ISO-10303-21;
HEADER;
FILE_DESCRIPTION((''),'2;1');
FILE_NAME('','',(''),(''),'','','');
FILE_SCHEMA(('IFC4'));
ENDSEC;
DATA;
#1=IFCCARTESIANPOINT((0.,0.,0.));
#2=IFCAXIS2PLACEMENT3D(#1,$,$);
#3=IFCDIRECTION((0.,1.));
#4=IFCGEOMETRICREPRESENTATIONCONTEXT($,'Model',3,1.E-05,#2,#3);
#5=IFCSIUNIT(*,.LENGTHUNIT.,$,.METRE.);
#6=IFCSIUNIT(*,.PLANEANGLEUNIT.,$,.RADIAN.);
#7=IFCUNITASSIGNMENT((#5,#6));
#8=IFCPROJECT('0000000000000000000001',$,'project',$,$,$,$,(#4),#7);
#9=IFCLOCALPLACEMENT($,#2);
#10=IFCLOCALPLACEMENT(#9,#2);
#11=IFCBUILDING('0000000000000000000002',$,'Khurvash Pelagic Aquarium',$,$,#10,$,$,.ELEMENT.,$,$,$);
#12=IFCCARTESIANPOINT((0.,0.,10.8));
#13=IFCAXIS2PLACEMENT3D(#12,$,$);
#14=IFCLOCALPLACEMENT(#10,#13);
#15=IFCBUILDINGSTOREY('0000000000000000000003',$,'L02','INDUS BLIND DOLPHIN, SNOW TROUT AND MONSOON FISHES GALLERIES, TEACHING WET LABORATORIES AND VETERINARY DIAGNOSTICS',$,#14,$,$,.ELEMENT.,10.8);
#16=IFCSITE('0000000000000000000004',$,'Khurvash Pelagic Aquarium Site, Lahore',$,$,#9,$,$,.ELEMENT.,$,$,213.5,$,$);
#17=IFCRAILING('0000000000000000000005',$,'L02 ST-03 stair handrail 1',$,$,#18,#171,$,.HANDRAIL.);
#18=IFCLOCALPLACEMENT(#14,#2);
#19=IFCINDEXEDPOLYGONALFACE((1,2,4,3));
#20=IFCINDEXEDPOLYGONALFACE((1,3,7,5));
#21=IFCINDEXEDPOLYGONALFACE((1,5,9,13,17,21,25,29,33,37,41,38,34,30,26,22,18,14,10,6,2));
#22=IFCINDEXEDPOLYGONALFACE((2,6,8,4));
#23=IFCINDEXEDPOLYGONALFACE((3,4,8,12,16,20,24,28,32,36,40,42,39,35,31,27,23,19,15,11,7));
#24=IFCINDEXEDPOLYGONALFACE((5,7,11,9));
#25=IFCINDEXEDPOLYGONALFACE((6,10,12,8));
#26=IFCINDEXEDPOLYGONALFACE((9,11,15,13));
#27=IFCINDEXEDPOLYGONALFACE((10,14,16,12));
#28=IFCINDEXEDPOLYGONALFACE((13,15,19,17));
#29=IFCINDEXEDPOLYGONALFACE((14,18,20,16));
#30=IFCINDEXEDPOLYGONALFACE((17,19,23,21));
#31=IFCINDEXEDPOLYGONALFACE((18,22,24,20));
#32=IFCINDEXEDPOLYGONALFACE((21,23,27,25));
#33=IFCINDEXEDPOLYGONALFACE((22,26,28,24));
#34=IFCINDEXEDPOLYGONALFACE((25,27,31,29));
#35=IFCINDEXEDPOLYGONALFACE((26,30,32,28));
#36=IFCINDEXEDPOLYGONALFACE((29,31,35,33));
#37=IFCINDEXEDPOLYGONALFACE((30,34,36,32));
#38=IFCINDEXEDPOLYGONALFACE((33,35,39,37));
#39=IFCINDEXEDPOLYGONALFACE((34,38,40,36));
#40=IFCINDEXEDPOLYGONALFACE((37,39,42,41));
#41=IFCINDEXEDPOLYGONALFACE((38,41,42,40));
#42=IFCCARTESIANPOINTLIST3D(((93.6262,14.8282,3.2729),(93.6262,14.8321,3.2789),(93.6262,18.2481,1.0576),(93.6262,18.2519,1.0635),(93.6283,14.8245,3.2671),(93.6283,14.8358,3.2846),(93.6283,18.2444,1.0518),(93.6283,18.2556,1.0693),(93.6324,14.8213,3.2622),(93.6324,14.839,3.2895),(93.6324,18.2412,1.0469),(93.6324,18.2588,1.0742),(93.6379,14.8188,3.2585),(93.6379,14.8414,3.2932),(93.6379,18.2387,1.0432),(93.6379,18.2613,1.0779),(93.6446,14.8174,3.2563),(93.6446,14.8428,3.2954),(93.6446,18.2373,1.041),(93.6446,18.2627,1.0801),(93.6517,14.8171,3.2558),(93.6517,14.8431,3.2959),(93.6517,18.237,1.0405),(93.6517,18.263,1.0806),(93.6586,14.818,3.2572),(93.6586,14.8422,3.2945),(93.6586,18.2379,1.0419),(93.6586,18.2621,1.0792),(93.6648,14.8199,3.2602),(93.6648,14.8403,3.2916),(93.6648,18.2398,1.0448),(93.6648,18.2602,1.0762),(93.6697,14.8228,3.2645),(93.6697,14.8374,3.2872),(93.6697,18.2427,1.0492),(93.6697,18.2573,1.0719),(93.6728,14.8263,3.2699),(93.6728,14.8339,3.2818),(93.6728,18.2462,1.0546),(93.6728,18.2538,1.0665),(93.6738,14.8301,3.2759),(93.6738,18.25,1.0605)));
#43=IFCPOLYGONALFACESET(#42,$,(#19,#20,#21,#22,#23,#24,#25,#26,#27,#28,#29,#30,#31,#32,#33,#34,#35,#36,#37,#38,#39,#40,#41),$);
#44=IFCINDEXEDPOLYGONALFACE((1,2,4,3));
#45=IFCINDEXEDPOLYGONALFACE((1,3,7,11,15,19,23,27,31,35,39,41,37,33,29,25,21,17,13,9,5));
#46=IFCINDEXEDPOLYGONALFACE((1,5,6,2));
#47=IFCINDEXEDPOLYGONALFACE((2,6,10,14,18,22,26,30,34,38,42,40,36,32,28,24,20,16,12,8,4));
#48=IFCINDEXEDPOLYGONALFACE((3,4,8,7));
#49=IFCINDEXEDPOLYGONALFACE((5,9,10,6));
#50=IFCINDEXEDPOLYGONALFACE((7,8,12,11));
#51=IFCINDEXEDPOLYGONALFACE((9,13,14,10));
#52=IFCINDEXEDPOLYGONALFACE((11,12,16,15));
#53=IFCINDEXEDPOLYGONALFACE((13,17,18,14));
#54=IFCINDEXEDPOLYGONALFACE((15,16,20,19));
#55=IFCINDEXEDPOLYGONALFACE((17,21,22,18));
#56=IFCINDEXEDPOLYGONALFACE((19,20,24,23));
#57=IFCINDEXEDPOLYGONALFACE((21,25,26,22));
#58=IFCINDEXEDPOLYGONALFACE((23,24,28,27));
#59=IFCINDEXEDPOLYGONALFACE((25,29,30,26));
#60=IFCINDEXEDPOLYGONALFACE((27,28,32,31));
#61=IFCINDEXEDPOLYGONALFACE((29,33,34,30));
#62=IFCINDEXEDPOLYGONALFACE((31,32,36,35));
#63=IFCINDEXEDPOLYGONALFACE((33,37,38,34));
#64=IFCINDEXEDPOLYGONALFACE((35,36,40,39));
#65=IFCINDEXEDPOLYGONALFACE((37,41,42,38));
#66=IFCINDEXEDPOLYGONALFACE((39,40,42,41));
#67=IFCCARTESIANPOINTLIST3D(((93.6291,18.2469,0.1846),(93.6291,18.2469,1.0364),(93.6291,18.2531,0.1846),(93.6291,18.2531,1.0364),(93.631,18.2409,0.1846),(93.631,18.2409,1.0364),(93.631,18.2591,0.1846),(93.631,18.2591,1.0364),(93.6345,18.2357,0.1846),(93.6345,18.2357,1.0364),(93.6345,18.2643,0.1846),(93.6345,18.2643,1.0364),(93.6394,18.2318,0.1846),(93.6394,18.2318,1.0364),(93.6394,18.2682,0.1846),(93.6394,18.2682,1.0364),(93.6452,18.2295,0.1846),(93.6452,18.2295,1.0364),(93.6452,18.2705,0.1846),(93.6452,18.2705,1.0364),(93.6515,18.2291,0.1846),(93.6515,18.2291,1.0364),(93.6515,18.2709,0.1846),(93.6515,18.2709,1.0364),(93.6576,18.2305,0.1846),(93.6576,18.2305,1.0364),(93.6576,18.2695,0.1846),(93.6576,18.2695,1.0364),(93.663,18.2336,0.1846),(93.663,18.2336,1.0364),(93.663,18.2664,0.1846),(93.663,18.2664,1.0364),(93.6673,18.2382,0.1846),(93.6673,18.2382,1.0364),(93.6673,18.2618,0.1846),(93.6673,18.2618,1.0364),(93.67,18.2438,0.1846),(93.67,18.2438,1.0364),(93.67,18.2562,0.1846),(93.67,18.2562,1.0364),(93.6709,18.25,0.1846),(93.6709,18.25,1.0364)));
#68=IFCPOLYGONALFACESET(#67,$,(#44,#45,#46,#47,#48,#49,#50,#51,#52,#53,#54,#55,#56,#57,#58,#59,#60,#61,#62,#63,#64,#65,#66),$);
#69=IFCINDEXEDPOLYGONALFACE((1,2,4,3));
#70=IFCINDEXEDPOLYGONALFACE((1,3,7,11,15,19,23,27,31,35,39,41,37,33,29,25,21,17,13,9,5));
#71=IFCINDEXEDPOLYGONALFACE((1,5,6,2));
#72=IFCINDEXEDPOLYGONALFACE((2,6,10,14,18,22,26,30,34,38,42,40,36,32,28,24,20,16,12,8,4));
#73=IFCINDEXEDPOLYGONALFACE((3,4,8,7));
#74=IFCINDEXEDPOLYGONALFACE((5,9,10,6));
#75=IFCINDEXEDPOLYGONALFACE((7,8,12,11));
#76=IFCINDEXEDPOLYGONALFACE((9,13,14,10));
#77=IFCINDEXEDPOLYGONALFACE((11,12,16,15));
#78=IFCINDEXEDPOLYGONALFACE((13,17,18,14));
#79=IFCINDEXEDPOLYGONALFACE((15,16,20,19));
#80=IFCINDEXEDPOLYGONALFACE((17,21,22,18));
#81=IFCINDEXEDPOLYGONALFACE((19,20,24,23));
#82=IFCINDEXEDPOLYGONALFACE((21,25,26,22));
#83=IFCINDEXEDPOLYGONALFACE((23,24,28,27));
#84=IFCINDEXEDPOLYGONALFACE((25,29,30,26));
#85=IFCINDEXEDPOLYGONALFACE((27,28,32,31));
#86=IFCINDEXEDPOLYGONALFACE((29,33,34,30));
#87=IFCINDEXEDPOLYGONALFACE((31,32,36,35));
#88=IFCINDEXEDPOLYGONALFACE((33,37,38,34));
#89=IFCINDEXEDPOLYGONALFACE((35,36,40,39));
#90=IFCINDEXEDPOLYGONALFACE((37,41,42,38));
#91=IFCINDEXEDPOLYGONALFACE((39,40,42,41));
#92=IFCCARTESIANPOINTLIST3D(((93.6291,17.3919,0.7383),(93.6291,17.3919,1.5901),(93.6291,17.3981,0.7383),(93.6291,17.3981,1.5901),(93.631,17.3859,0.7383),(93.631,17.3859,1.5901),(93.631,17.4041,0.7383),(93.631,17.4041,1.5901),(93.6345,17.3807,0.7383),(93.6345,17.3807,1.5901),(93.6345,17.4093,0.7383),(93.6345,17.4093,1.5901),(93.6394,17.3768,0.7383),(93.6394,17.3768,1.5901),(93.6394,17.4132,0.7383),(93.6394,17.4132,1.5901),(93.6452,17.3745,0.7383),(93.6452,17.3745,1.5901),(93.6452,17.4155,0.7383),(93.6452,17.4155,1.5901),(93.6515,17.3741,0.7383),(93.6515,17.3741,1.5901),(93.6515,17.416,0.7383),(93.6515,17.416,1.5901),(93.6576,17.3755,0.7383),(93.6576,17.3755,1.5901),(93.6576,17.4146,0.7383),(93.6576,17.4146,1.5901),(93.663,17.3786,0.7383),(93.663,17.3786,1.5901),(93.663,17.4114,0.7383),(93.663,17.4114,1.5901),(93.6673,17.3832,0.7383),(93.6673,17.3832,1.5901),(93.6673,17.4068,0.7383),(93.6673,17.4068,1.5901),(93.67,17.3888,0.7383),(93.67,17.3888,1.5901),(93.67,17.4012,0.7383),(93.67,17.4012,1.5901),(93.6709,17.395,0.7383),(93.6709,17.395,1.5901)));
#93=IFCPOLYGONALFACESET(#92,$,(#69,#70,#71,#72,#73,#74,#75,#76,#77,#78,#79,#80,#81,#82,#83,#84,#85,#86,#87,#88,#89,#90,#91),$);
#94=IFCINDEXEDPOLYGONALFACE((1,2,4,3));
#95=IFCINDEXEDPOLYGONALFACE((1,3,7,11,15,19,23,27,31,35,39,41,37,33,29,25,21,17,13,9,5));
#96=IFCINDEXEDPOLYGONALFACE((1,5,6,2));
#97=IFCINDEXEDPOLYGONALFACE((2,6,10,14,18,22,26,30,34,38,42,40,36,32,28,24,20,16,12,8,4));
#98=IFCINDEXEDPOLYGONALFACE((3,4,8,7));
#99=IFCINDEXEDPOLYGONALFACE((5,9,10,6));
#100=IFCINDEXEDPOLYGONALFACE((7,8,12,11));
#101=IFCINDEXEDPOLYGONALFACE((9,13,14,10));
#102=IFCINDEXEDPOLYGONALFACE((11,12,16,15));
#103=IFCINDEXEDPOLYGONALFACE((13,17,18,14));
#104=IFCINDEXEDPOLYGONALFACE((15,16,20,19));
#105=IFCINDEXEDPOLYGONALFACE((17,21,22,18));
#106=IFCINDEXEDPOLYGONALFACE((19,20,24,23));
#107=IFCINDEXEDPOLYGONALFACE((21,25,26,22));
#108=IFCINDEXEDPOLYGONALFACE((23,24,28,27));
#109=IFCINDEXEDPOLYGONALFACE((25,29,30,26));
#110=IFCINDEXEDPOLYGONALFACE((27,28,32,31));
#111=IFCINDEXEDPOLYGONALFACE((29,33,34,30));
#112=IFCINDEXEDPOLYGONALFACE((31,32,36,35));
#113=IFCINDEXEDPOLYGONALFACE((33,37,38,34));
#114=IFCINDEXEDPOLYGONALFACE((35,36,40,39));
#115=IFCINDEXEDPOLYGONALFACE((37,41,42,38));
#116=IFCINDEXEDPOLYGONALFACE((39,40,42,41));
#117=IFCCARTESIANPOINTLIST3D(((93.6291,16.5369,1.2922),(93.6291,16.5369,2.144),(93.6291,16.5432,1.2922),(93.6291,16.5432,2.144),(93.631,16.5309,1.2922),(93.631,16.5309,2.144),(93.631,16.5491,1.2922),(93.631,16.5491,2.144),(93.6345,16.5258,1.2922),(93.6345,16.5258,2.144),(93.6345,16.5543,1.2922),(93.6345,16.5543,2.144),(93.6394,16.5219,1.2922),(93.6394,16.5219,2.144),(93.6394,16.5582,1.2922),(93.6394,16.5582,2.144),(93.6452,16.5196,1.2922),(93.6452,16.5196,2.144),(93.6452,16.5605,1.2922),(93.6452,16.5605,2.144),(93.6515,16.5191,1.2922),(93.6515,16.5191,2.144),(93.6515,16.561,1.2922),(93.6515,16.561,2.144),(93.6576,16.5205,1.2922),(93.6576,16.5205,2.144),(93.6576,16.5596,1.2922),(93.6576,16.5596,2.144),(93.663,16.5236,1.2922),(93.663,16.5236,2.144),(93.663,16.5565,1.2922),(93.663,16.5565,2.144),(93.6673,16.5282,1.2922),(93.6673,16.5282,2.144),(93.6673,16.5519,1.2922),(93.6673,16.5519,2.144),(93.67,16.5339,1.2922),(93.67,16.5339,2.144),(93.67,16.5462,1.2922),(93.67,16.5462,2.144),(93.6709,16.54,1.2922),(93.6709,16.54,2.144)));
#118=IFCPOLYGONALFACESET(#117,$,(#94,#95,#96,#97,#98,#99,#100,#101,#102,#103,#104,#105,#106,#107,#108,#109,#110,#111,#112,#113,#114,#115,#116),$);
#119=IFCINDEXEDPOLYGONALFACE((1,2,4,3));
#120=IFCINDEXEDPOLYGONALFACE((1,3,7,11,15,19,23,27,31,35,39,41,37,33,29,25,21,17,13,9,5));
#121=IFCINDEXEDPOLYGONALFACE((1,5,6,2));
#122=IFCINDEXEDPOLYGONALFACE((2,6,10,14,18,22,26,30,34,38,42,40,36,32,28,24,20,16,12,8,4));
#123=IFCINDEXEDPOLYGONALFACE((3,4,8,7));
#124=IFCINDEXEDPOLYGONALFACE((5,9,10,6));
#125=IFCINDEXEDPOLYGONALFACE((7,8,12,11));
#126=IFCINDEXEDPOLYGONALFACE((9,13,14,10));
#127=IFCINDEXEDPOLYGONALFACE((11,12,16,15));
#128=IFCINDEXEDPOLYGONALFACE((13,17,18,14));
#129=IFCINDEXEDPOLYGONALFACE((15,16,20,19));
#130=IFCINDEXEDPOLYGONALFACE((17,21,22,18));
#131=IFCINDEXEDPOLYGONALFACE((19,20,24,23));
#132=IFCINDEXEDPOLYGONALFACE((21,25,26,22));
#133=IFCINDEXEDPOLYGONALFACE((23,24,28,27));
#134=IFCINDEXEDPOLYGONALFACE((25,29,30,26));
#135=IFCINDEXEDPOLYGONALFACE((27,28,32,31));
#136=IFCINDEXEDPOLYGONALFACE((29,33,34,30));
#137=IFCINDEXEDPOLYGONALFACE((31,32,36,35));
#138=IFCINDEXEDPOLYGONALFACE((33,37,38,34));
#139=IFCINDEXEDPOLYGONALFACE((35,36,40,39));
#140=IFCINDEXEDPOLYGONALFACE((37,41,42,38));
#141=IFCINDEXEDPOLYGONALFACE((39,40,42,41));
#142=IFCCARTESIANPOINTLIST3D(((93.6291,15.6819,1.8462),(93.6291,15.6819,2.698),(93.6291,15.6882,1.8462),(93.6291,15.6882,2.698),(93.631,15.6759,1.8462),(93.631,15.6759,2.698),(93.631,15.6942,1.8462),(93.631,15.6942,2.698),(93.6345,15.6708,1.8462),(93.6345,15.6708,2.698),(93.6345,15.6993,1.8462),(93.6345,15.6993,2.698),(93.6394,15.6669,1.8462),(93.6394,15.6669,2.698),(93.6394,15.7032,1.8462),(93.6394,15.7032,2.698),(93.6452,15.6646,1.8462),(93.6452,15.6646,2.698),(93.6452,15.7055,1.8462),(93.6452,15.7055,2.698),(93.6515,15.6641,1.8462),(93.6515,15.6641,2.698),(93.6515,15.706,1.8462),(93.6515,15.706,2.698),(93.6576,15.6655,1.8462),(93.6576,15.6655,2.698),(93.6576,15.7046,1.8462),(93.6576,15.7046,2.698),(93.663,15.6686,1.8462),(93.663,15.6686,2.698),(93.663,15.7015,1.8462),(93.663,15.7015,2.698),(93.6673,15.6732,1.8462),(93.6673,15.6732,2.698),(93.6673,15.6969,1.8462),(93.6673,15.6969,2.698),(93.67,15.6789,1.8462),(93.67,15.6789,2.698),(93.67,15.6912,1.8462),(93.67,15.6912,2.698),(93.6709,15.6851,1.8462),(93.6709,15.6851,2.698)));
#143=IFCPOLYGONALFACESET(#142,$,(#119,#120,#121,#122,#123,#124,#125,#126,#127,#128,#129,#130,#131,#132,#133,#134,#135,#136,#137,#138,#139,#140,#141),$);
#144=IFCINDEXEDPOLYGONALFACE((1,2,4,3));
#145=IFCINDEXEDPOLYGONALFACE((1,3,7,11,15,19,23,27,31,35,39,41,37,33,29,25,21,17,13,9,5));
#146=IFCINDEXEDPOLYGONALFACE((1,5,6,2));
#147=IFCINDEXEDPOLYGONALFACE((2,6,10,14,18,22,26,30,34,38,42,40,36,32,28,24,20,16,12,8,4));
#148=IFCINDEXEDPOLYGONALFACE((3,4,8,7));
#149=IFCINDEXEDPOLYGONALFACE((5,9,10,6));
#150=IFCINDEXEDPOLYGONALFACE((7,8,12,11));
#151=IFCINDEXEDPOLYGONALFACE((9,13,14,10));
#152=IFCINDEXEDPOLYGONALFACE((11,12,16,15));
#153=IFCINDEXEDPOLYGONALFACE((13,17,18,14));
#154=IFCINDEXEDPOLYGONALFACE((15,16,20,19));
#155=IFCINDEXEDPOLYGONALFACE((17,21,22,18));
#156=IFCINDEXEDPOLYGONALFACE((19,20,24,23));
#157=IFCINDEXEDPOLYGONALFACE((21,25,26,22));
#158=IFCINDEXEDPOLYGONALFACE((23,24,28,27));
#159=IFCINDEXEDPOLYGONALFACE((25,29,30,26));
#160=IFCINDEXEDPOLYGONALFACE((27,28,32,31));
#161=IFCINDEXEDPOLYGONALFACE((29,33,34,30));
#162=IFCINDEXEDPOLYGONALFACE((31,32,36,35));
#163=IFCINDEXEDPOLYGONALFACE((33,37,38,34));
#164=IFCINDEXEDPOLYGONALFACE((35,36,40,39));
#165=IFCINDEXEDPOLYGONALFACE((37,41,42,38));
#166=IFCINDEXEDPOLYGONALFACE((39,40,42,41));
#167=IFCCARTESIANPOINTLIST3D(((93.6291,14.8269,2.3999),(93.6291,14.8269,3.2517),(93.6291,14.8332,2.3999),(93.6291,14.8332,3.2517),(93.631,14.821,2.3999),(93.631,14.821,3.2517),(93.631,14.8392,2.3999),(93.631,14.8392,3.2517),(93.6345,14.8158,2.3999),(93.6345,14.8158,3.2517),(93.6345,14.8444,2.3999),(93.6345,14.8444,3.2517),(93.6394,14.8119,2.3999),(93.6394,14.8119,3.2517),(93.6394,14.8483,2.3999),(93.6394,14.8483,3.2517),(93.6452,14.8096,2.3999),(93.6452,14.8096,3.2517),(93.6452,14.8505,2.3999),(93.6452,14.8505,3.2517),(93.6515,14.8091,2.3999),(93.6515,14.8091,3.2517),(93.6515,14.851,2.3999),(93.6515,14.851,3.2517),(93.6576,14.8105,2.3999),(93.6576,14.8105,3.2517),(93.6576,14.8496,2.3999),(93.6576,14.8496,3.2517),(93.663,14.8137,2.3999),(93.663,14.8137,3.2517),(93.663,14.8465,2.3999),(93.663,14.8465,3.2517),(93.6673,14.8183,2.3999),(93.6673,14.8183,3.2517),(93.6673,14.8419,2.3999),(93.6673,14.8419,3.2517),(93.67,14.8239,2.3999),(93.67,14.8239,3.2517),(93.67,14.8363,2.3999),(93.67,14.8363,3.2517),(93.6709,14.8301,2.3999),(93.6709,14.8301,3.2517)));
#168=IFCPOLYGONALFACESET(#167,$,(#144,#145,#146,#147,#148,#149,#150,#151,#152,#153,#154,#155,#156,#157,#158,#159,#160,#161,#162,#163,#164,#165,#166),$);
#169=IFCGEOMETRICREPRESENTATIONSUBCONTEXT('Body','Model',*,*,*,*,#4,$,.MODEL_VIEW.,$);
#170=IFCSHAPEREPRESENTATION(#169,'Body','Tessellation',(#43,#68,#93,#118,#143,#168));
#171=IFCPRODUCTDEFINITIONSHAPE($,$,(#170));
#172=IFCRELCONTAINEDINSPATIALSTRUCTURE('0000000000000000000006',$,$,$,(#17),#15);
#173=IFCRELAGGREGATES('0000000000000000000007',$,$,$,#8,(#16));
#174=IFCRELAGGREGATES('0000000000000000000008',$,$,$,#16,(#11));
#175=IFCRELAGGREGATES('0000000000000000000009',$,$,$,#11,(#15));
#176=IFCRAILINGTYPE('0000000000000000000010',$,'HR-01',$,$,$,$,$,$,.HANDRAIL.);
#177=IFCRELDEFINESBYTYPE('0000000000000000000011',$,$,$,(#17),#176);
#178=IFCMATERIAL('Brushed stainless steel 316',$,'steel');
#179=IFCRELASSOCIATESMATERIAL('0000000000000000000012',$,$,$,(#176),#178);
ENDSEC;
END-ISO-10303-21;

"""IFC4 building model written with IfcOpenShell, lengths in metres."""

from ifc_helpers import new_model, si_unit, direction, frame, origin, origin_2d, place, context, subcontext, project, spatial, circle, extrude, material, type_object, element, save


model = new_model("IFC4")

# Units and contexts
model_context = context("Model", 3, precision=1e-05, world=origin(), true_north=direction((0.0, 1.0)))
body_context = subcontext(model_context, "Body", "Model", "MODEL_VIEW")
ifc_project = project(units=[si_unit("LENGTHUNIT", "METRE"), si_unit("PLANEANGLEUNIT", "RADIAN")], contexts=[model_context])

# Site, building, storey
site_placement = place(None, origin())
site = spatial("IfcSite", under=ifc_project, at=site_placement, Name="Khurvash Pelagic Aquarium Site, Lahore", CompositionType="ELEMENT", RefElevation=213.5)
building_placement = place(site_placement, origin())
building = spatial("IfcBuilding", under=site, at=building_placement, Name="Khurvash Pelagic Aquarium", CompositionType="ELEMENT")
storey_placement = place(building_placement, frame((0.0, 0.0, 10.8)))
storey = spatial("IfcBuildingStorey", under=building, at=storey_placement, Name="L02", Description="INDUS BLIND DOLPHIN, SNOW TROUT AND MONSOON FISHES GALLERIES, TEACHING WET LABORATORIES AND VETERINARY DIAGNOSTICS", CompositionType="ELEMENT", Elevation=10.8)

# Railing
ifc_material_1 = material(Name="Brushed stainless steel 316", Category="steel")
railing_type_1 = type_object("IfcRailingType", Name="HR-01", PredefinedType="HANDRAIL", material=ifc_material_1)
railing_1_placement = place(storey_placement, frame((93.6499, 18.25, 0.1846)))
element("IfcRailing", 1, at=railing_1_placement, inside=storey, type_object=railing_type_1, Name="L02 ST-03 stair handrail 1", PredefinedType="HANDRAIL", context=body_context, shape_type="SweptSolid", body=[
    extrude(circle(Radius=0.0239, at=origin_2d()), frame((0.0, 0.0, 0.876), z_axis=(0.0, -0.839297, 0.543674), x_axis=(1.0, 0.0, 0.0)), (0.0, 0.0, 1.0), 4.0747),
    extrude(circle(Radius=0.021, at=origin_2d()), origin(), (0.0, 0.0, 1.0), 0.8518),
    extrude(circle(Radius=0.021, at=origin_2d()), frame((0.0, -0.855, 0.5537)), (0.0, 0.0, 1.0), 0.8518),
    extrude(circle(Radius=0.021, at=origin_2d()), frame((0.0, -1.71, 1.1077)), (0.0, 0.0, 1.0), 0.8518),
    extrude(circle(Radius=0.021, at=origin_2d()), frame((0.0, -2.5649, 1.6616)), (0.0, 0.0, 1.0), 0.8518),
    extrude(circle(Radius=0.021, at=origin_2d()), frame((0.0, -3.4199, 2.2153)), (0.0, 0.0, 1.0), 0.8518),
])

save(model, "model.ifc")
